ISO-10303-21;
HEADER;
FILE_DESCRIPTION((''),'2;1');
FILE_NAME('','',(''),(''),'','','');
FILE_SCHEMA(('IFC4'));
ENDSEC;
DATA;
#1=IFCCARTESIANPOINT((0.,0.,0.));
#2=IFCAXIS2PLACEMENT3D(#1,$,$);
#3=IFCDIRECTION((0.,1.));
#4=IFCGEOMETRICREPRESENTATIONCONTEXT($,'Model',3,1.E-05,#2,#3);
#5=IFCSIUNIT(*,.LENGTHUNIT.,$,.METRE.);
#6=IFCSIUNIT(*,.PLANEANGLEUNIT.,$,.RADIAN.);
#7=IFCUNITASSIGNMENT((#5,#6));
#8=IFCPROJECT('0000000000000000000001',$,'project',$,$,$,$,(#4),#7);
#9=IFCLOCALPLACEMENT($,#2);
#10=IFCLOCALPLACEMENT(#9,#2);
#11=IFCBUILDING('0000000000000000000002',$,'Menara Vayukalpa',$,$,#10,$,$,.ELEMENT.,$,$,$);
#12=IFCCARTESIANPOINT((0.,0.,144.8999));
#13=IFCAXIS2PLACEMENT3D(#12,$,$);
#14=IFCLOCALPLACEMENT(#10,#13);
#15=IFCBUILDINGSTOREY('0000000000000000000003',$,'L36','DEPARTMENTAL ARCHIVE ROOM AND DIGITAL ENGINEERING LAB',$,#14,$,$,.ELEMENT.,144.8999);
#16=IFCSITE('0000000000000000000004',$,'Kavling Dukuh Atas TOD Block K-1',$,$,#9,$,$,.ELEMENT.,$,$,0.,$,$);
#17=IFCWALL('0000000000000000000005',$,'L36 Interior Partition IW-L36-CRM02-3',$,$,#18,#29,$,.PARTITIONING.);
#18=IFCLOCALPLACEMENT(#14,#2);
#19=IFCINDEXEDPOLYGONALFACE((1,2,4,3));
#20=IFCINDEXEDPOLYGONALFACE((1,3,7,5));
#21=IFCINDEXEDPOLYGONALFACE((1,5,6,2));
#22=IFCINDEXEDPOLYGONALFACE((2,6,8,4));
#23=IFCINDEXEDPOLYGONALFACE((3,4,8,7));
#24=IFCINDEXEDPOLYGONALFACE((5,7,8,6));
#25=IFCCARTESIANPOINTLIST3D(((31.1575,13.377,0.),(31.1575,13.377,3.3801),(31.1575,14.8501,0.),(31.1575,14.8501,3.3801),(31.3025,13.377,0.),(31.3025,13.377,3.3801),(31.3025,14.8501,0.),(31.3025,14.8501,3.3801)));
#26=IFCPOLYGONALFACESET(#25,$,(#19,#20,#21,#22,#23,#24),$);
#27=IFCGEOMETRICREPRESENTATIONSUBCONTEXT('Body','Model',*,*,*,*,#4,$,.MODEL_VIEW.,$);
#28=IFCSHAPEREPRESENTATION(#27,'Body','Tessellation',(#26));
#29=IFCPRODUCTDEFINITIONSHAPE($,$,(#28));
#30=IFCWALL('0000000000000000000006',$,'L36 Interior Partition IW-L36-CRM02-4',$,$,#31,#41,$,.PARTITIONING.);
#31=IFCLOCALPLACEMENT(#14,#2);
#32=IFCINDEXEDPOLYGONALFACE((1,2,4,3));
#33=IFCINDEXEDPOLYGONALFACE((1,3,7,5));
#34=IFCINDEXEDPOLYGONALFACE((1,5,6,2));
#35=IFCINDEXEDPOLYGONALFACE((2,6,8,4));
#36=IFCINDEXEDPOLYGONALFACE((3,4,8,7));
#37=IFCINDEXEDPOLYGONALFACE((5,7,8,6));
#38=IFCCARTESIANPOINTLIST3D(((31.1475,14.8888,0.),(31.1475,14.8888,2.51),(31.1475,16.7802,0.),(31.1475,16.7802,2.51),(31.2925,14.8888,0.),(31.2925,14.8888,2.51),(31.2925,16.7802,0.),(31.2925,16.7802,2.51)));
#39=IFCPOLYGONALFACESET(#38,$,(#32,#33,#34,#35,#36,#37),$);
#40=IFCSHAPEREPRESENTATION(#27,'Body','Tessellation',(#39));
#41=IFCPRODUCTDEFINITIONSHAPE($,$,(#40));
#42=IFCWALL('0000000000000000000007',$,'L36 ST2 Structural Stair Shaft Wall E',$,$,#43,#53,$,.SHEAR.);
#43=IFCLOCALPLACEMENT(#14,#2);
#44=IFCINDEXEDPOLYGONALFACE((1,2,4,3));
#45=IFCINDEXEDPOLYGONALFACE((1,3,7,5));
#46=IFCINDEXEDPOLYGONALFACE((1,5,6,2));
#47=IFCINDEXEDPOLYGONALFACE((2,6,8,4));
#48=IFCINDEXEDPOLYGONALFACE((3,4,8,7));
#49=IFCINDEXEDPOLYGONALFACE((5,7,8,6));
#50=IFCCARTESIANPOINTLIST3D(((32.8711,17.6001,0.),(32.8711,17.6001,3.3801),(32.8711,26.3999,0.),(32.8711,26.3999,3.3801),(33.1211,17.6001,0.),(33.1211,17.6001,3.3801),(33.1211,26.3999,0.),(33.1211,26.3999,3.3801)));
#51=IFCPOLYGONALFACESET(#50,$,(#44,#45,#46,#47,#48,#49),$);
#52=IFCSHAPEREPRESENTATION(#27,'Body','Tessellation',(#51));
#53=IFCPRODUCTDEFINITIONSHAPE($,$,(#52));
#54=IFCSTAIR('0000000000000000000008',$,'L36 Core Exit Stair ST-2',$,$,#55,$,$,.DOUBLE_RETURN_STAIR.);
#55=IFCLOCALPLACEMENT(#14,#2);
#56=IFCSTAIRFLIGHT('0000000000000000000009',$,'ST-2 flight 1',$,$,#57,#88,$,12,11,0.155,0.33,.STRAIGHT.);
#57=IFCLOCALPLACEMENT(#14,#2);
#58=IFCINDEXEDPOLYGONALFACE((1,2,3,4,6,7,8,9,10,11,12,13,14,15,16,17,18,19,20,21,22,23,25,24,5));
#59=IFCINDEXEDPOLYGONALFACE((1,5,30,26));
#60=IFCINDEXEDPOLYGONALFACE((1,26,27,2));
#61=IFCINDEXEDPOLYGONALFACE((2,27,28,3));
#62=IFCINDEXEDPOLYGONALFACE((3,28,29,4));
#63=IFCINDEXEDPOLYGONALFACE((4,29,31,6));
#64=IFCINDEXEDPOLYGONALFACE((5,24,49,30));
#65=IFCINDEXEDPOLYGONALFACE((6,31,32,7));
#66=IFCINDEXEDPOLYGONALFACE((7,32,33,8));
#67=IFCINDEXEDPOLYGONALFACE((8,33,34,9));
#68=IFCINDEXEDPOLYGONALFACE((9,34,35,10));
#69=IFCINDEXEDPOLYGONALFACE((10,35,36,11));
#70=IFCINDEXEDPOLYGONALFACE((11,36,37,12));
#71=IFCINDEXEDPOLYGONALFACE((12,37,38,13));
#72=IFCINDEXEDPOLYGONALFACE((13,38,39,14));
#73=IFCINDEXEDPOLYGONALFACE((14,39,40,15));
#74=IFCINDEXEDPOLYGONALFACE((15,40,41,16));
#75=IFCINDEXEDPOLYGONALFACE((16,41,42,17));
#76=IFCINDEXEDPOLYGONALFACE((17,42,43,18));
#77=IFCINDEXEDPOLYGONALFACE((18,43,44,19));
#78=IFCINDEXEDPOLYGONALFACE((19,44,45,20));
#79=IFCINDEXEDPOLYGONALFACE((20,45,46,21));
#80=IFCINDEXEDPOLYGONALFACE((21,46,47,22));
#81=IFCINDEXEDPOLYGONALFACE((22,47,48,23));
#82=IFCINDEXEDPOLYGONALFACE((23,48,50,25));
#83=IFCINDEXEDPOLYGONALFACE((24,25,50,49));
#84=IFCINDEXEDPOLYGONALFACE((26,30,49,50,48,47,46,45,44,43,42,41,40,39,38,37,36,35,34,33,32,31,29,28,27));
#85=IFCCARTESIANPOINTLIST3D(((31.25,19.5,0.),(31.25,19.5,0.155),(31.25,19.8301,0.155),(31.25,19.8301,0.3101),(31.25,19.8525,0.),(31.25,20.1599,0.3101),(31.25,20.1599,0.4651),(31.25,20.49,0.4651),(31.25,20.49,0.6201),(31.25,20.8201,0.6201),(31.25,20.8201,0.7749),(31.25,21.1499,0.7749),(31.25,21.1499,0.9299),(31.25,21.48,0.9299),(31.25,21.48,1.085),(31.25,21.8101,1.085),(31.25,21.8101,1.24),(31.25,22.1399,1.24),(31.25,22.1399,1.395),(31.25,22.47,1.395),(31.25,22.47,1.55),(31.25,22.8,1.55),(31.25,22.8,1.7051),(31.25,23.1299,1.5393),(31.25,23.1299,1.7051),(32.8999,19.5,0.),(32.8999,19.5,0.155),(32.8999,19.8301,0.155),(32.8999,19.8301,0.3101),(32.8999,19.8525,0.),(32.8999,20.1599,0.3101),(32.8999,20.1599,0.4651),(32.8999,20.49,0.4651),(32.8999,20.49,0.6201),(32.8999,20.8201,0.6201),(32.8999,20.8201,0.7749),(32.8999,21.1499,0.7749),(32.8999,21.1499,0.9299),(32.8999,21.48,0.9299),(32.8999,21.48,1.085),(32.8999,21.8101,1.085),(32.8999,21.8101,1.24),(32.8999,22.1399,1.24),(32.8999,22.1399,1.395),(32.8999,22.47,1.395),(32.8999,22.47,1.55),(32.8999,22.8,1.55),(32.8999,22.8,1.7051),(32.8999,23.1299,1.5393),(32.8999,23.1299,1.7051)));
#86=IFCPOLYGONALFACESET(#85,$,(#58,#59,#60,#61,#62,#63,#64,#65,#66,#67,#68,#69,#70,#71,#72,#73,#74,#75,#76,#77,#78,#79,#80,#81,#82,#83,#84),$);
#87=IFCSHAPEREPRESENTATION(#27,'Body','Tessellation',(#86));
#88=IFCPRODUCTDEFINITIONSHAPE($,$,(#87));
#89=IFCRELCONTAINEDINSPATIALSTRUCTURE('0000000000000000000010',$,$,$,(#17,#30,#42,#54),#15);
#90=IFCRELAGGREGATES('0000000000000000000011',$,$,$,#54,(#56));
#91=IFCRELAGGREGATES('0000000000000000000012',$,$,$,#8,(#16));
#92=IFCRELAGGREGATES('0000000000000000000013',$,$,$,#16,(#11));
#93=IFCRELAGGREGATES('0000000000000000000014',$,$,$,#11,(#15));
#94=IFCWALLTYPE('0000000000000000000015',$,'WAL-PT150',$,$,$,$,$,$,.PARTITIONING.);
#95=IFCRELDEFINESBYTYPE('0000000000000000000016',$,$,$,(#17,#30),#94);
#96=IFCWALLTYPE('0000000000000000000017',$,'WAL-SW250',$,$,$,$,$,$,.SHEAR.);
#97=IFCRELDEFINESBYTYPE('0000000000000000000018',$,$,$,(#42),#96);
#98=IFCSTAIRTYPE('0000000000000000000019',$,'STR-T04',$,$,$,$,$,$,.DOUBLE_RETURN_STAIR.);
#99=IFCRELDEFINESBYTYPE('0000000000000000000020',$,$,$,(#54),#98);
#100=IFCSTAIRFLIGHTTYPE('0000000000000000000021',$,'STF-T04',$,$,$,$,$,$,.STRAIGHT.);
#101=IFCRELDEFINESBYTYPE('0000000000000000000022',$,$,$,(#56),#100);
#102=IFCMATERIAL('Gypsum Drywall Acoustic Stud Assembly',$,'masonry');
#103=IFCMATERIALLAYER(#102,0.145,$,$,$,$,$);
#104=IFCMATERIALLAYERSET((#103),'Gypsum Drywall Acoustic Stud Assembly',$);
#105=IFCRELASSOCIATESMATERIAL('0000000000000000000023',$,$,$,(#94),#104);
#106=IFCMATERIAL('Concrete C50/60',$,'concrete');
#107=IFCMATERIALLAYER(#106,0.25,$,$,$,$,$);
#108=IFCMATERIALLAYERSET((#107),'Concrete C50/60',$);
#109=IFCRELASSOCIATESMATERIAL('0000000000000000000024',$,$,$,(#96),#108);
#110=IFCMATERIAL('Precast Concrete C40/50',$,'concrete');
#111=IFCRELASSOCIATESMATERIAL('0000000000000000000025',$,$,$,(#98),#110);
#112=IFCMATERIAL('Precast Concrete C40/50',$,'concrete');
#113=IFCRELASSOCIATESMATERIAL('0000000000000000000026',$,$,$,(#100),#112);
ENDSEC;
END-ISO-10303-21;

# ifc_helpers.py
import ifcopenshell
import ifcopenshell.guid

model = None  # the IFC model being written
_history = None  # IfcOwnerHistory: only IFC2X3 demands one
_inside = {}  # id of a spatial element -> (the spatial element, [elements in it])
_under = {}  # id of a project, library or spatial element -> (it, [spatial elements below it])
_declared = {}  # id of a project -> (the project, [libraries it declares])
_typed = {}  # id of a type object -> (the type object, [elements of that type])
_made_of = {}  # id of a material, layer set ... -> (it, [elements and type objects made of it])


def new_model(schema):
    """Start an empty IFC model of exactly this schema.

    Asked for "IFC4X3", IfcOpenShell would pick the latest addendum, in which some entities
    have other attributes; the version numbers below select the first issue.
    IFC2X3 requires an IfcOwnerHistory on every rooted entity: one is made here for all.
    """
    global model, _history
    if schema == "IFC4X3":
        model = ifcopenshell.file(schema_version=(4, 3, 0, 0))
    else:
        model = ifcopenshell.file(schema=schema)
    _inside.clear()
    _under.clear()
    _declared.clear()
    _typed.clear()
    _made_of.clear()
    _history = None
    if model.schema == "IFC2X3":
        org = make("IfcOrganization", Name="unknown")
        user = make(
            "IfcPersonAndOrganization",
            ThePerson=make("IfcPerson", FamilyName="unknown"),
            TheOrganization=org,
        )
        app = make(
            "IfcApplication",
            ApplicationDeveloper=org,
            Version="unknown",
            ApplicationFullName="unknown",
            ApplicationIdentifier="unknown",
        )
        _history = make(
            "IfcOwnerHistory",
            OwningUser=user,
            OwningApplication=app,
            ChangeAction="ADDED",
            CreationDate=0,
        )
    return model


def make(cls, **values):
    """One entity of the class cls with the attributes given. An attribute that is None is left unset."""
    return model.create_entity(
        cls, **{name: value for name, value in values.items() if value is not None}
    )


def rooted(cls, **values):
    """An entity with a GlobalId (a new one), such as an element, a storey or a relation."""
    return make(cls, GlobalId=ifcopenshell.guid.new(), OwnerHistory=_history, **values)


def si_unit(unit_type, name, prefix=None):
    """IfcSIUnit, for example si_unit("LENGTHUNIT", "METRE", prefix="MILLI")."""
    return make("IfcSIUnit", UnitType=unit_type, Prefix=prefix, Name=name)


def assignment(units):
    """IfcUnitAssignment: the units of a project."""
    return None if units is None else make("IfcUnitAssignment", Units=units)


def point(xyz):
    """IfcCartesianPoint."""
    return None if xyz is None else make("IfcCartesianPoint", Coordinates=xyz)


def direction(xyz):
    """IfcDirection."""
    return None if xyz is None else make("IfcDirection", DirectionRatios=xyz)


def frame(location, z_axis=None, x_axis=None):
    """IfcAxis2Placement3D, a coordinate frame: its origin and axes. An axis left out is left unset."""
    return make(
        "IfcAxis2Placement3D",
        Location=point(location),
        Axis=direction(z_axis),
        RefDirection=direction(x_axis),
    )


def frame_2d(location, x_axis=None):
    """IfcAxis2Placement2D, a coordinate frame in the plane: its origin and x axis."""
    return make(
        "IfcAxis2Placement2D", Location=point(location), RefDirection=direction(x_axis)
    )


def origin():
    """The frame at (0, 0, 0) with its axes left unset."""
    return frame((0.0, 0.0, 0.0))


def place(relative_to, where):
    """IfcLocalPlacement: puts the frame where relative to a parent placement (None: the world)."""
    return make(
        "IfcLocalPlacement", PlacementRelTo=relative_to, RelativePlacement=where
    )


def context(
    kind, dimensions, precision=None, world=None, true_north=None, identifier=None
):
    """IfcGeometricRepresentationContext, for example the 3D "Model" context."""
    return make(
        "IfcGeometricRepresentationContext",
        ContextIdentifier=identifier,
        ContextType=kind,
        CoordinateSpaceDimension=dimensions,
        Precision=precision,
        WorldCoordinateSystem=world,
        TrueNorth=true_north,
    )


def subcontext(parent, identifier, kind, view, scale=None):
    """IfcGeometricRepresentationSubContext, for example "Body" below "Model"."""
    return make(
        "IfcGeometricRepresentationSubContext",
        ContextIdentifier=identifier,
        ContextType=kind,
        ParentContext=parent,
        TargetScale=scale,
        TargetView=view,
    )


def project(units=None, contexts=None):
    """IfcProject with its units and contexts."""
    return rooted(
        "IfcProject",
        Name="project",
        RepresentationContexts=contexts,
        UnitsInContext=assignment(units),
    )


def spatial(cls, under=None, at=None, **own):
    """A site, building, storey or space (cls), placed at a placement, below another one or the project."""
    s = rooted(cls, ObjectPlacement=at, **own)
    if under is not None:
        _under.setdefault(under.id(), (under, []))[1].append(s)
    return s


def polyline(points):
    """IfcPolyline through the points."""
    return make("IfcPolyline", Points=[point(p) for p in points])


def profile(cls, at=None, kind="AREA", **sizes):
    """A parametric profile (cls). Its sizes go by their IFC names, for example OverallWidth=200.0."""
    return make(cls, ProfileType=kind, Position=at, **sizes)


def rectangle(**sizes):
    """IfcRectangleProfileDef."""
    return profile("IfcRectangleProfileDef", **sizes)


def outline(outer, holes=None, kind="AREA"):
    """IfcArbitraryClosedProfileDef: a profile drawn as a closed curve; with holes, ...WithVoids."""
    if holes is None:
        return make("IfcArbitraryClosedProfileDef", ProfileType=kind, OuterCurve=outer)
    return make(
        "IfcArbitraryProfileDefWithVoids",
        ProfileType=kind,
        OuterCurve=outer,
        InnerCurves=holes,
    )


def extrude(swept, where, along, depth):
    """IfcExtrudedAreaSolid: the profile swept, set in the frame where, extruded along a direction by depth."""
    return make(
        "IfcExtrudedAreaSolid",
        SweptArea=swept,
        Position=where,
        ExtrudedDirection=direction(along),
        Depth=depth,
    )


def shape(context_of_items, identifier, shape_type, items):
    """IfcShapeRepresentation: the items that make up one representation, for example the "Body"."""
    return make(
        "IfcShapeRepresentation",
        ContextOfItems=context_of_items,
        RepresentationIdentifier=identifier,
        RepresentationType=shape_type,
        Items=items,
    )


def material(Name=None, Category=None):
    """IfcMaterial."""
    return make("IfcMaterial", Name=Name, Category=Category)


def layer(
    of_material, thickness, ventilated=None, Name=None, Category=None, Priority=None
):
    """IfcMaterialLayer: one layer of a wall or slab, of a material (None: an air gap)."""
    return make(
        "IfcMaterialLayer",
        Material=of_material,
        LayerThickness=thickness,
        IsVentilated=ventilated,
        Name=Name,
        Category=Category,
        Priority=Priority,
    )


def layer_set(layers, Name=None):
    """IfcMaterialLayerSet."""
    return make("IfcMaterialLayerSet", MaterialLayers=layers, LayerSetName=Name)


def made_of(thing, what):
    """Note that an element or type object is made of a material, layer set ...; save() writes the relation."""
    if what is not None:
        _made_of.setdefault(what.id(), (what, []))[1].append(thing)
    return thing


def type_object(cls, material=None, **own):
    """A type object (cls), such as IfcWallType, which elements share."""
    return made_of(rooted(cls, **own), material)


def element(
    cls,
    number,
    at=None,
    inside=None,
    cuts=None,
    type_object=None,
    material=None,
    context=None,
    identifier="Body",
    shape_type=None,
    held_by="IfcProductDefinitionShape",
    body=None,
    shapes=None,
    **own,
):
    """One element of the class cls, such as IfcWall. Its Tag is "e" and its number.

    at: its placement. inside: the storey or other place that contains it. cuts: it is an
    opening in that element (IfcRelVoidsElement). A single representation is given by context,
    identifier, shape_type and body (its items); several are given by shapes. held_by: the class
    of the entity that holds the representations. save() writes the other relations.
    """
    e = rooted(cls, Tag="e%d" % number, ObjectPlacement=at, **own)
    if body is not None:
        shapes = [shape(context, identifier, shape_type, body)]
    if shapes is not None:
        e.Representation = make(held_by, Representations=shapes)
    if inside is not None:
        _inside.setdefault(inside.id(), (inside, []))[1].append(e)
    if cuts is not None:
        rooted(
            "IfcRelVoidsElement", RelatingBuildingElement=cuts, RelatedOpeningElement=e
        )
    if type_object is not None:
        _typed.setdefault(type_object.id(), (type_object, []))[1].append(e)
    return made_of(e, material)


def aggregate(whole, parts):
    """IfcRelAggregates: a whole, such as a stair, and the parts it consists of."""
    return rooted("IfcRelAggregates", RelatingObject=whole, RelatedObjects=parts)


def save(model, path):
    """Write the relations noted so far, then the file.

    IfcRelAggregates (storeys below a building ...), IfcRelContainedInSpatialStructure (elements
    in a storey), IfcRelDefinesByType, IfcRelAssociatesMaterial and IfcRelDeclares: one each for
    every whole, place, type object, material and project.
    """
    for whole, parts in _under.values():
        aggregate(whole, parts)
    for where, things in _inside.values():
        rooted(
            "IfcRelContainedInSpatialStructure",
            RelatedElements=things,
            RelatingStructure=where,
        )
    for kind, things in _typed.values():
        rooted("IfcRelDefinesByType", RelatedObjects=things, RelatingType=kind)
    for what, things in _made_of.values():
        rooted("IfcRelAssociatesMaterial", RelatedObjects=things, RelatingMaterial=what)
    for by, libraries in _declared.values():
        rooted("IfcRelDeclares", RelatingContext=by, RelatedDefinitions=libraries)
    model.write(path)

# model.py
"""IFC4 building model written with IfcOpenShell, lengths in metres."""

from ifc_helpers import new_model, si_unit, direction, frame, frame_2d, origin, place, context, subcontext, project, spatial, polyline, rectangle, outline, extrude, material, layer, layer_set, type_object, element, aggregate, save


model = new_model("IFC4")

# Units and contexts
model_context = context("Model", 3, precision=1e-05, world=origin(), true_north=direction((0.0, 1.0)))
body_context = subcontext(model_context, "Body", "Model", "MODEL_VIEW")
ifc_project = project(units=[si_unit("LENGTHUNIT", "METRE"), si_unit("PLANEANGLEUNIT", "RADIAN")], contexts=[model_context])

# Site, building, storey
site_placement = place(None, origin())
site = spatial("IfcSite", under=ifc_project, at=site_placement, Name="Kavling Dukuh Atas TOD Block K-1", CompositionType="ELEMENT", RefElevation=0.0)
building_placement = place(site_placement, origin())
building = spatial("IfcBuilding", under=site, at=building_placement, Name="Menara Vayukalpa", CompositionType="ELEMENT")
storey_placement = place(building_placement, frame((0.0, 0.0, 144.8999)))
storey = spatial("IfcBuildingStorey", under=building, at=storey_placement, Name="L36", Description="DEPARTMENTAL ARCHIVE ROOM AND DIGITAL ENGINEERING LAB", CompositionType="ELEMENT", Elevation=144.8999)

# Walls
ifc_material_1 = material(Name="Gypsum Drywall Acoustic Stud Assembly", Category="masonry")
ifc_layer_1 = layer(ifc_material_1, 0.145)
ifc_layer_set_1 = layer_set([ifc_layer_1], Name="Gypsum Drywall Acoustic Stud Assembly")
wall_type_1 = type_object("IfcWallType", Name="WAL-PT150", PredefinedType="PARTITIONING", material=ifc_layer_set_1)
wall_1_placement = place(storey_placement, frame((31.23, 13.377, 0.0), z_axis=(0.0, 0.0, 1.0), x_axis=(0.0, 1.0, 0.0)))
element("IfcWall", 1, at=wall_1_placement, inside=storey, type_object=wall_type_1, Name="L36 Interior Partition IW-L36-CRM02-3", PredefinedType="PARTITIONING", context=body_context, shape_type="SweptSolid", body=[
    extrude(rectangle(XDim=1.4731, YDim=0.145, at=frame_2d((0.7366, 0.0))), origin(), (0.0, 0.0, 1.0), 3.3801),
])
wall_2_placement = place(storey_placement, frame((31.22, 14.8887, 0.0), z_axis=(0.0, 0.0, 1.0), x_axis=(0.0, 1.0, 0.0)))
element("IfcWall", 2, at=wall_2_placement, inside=storey, type_object=wall_type_1, Name="L36 Interior Partition IW-L36-CRM02-4", PredefinedType="PARTITIONING", context=body_context, shape_type="SweptSolid", body=[
    extrude(rectangle(XDim=1.8914, YDim=0.145, at=frame_2d((0.9458, 0.0))), origin(), (0.0, 0.0, 1.0), 2.51),
])
ifc_material_2 = material(Name="Concrete C50/60", Category="concrete")
ifc_layer_2 = layer(ifc_material_2, 0.25)
ifc_layer_set_2 = layer_set([ifc_layer_2], Name="Concrete C50/60")
wall_type_2 = type_object("IfcWallType", Name="WAL-SW250", PredefinedType="SHEAR", material=ifc_layer_set_2)
wall_3_placement = place(storey_placement, frame((32.9961, 17.6001, 0.0), z_axis=(0.0, 0.0, 1.0), x_axis=(0.0, 1.0, 0.0)))
element("IfcWall", 3, at=wall_3_placement, inside=storey, type_object=wall_type_2, Name="L36 ST2 Structural Stair Shaft Wall E", PredefinedType="SHEAR", context=body_context, shape_type="SweptSolid", body=[
    extrude(rectangle(XDim=8.7998, YDim=0.25, at=frame_2d((4.3999, 0.0))), origin(), (0.0, 0.0, 1.0), 3.3801),
])

# Stair, stair flight
ifc_material_3 = material(Name="Precast Concrete C40/50", Category="concrete")
stair_type = type_object("IfcStairType", Name="STR-T04", PredefinedType="DOUBLE_RETURN_STAIR", material=ifc_material_3)
stair_placement = place(storey_placement, origin())
stair = element("IfcStair", 4, at=stair_placement, inside=storey, type_object=stair_type, Name="L36 Core Exit Stair ST-2", PredefinedType="DOUBLE_RETURN_STAIR")
ifc_material_4 = material(Name="Precast Concrete C40/50", Category="concrete")
stair_flight_type = type_object("IfcStairFlightType", Name="STF-T04", PredefinedType="STRAIGHT", material=ifc_material_4)
stair_flight_placement = place(storey_placement, frame((32.075, 19.5, 0.0), z_axis=(0.0, 0.0, 1.0), x_axis=(0.0, 1.0, 0.0)))
stair_flight = element("IfcStairFlight", 5, at=stair_flight_placement, type_object=stair_flight_type, Name="ST-2 flight 1", NumberOfRisers=12, NumberOfTreads=11, PredefinedType="STRAIGHT", RiserHeight=0.155, TreadLength=0.33, context=body_context, shape_type="SweptSolid", body=[
    extrude(outline(polyline([(0.0, 0.0), (0.0, 0.155), (0.3301, 0.155), (0.3301, 0.3101), (0.6599, 0.3101), (0.6599, 0.4651), (0.99, 0.4651), (0.99, 0.6201), (1.3201, 0.6201), (1.3201, 0.7749), (1.6499, 0.7749), (1.6499, 0.9299), (1.98, 0.9299), (1.98, 1.085), (2.3101, 1.085), (2.3101, 1.24), (2.6399, 1.24), (2.6399, 1.395), (2.97, 1.395), (2.97, 1.55), (3.3, 1.55), (3.3, 1.7051), (3.6299, 1.7051), (3.6299, 1.8601), (3.6299, 1.5393), (0.3525, 0.0), (0.0, 0.0)])), frame((0.0, 0.825, 0.0), z_axis=(0.0, -1.0, 0.0), x_axis=(1.0, 0.0, 0.0)), (0.0, 0.0, 1.0), 1.6499),
])
aggregate(stair, [stair_flight])

save(model, "model.ifc")
